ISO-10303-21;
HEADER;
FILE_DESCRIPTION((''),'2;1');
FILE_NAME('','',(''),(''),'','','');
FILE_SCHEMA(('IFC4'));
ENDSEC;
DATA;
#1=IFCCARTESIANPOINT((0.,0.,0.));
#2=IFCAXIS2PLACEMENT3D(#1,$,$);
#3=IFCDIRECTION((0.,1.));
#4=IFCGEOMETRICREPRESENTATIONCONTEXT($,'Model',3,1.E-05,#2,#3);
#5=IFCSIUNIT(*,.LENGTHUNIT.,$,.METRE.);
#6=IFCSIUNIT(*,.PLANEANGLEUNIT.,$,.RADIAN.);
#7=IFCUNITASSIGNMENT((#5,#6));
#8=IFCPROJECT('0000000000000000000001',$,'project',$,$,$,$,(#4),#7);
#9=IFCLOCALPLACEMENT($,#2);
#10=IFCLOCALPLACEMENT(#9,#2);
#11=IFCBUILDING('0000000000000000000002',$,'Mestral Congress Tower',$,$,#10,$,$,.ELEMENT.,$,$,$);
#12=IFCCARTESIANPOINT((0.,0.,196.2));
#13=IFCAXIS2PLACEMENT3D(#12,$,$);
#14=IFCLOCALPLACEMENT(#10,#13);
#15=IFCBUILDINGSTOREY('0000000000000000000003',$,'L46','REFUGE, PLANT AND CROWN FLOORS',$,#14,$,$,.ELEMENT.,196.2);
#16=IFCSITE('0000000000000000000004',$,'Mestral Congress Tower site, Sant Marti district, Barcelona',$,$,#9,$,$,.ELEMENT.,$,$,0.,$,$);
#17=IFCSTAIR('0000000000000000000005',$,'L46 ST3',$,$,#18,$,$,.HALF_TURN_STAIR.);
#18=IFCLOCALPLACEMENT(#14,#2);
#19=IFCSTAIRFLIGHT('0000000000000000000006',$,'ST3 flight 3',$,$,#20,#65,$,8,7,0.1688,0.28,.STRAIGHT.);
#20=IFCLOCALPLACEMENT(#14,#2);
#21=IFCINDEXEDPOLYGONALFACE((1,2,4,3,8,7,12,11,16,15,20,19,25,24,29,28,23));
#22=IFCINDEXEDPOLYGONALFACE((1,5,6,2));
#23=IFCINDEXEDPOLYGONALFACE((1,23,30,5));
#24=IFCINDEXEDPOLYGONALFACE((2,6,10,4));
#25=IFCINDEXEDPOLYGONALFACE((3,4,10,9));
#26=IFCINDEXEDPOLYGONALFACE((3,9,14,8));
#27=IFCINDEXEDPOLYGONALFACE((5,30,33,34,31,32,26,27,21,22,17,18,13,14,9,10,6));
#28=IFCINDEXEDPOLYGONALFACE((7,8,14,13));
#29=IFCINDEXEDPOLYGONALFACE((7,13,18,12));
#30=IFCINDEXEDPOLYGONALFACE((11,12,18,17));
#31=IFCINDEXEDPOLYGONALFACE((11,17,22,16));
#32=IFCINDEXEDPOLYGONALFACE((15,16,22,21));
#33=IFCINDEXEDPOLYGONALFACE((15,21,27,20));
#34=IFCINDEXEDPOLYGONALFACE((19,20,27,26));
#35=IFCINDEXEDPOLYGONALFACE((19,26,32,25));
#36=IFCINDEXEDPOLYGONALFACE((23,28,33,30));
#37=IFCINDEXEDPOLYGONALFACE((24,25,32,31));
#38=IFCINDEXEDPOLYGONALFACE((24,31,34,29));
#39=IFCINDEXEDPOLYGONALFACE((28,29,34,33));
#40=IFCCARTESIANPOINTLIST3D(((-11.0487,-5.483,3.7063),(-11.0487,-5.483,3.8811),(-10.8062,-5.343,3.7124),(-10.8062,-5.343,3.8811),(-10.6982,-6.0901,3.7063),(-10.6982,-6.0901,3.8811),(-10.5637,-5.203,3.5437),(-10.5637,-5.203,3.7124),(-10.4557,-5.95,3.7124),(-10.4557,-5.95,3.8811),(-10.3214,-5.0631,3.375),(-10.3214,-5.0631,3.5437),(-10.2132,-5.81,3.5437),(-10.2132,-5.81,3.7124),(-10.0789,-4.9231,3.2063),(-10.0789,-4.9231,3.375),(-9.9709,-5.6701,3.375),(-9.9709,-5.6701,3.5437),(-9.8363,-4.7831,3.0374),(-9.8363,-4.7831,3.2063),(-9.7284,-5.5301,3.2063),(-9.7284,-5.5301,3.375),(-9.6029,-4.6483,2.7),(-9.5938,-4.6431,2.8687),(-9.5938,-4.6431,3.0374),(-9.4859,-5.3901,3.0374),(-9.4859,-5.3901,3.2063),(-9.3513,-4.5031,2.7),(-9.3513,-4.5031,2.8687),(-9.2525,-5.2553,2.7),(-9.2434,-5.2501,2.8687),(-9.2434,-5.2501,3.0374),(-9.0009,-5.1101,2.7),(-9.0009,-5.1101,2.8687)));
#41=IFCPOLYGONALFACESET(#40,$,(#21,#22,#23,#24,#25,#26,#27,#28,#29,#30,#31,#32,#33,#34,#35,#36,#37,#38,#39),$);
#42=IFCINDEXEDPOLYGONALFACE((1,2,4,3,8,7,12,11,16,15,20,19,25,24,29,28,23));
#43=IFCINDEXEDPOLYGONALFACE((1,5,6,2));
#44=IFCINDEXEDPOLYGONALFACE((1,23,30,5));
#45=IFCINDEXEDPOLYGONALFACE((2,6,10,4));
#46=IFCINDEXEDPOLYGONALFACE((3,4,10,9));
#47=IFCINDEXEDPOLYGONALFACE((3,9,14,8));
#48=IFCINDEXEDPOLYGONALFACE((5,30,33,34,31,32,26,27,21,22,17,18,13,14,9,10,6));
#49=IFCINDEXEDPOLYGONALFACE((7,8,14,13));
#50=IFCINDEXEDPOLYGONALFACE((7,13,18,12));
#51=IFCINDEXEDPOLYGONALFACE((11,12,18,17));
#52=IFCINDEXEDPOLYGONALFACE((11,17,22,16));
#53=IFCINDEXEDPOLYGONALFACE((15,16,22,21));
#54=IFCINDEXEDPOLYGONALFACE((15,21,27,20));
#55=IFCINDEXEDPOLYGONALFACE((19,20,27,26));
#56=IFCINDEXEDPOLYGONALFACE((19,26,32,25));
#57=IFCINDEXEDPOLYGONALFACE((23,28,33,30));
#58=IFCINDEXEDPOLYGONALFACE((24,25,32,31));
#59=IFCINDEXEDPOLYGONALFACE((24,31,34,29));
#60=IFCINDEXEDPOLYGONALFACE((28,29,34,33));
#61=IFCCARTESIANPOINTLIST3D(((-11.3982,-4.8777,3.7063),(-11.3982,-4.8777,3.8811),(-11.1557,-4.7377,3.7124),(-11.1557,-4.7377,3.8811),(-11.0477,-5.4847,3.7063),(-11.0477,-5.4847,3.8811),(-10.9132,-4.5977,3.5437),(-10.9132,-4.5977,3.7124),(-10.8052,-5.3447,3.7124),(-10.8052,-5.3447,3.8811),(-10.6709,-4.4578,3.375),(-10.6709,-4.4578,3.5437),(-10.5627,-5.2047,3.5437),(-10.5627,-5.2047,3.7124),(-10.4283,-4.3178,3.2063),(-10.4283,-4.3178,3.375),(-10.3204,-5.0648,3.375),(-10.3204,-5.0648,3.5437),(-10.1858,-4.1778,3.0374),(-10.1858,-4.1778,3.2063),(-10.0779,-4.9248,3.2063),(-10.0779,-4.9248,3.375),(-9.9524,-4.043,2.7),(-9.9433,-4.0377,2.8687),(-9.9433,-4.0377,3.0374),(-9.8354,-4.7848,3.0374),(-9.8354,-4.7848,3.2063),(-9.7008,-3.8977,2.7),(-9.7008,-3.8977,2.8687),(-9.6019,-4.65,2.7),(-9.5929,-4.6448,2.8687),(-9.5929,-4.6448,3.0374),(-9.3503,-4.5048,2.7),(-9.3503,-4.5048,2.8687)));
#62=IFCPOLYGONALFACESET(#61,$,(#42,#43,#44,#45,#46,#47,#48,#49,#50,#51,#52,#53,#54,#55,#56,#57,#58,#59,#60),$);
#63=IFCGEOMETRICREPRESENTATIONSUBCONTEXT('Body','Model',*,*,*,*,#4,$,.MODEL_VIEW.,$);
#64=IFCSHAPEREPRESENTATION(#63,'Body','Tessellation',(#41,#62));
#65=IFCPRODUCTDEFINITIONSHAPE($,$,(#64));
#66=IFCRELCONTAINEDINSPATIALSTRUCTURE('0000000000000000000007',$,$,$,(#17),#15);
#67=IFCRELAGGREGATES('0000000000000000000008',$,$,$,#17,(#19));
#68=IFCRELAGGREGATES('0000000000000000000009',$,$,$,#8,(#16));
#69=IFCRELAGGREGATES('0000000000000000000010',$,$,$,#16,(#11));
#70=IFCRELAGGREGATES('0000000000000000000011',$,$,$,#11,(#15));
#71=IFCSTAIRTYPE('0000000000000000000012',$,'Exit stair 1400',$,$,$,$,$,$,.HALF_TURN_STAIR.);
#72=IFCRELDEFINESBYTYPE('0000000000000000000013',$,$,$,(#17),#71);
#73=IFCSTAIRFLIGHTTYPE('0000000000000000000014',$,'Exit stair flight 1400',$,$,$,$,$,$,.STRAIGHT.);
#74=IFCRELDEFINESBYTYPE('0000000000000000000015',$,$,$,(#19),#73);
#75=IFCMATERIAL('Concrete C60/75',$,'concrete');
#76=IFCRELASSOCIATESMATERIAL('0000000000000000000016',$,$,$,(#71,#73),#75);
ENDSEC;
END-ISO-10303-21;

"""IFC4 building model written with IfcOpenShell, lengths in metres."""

from ifc_helpers import new_model, si_unit, direction, frame, origin, place, context, subcontext, project, spatial, polyline, outline, extrude, material, type_object, element, aggregate, save


model = new_model("IFC4")

# Units and contexts
model_context = context("Model", 3, precision=1e-05, world=origin(), true_north=direction((0.0, 1.0)))
body_context = subcontext(model_context, "Body", "Model", "MODEL_VIEW")
ifc_project = project(units=[si_unit("LENGTHUNIT", "METRE"), si_unit("PLANEANGLEUNIT", "RADIAN")], contexts=[model_context])

# Site, building, storey
site_placement = place(None, origin())
site = spatial("IfcSite", under=ifc_project, at=site_placement, Name="Mestral Congress Tower site, Sant Marti district, Barcelona", CompositionType="ELEMENT", RefElevation=0.0)
building_placement = place(site_placement, origin())
building = spatial("IfcBuilding", under=site, at=building_placement, Name="Mestral Congress Tower", CompositionType="ELEMENT")
storey_placement = place(building_placement, frame((0.0, 0.0, 196.2)))
storey = spatial("IfcBuildingStorey", under=building, at=storey_placement, Name="L46", Description="REFUGE, PLANT AND CROWN FLOORS", CompositionType="ELEMENT", Elevation=196.2)

# Shared definitions
ifc_material_1 = material(Name="Concrete C60/75", Category="concrete")

# Stair, stair flight
stair_type = type_object("IfcStairType", Name="Exit stair 1400", PredefinedType="HALF_TURN_STAIR", material=ifc_material_1)
stair_placement = place(storey_placement, origin())
stair = element("IfcStair", 1, at=stair_placement, inside=storey, type_object=stair_type, Name="L46 ST3", PredefinedType="HALF_TURN_STAIR")
stair_flight_type = type_object("IfcStairFlightType", Name="Exit stair flight 1400", PredefinedType="STRAIGHT", material=ifc_material_1)
stair_flight_1_placement = place(storey_placement, frame((-9.3508, -4.5039, 2.7), z_axis=(0.0, 0.0, 1.0), x_axis=(-0.866025, -0.5, 0.0)))
stair_flight_1 = element("IfcStairFlight", 2, at=stair_flight_1_placement, type_object=stair_flight_type, Name="ST3 flight 3", NumberOfRisers=8, NumberOfTreads=7, PredefinedType="STRAIGHT", RiserHeight=0.1688, TreadLength=0.28, context=body_context, shape_type="SweptSolid", body=[
    extrude(outline(polyline([(0.0, 0.0), (0.0, 0.1687), (0.28, 0.1687), (0.28, 0.3374), (0.5601, 0.3374), (0.5601, 0.5063), (0.8401, 0.5063), (0.8401, 0.675), (1.1201, 0.675), (1.1201, 0.8438), (1.3999, 0.8438), (1.3999, 1.0125), (1.6799, 1.0125), (1.6799, 1.1812), (1.96, 1.1812), (1.96, 1.3501), (1.96, 1.0063), (0.2905, 0.0), (0.0, 0.0)])), frame((0.0, 0.7, 0.0), z_axis=(0.0, -1.0, 0.0), x_axis=(1.0, 0.0, 0.0)), (0.0, 0.0, 1.0), 0.7009),
    extrude(outline(polyline([(0.0, 0.0), (0.0, 0.1687), (0.28, 0.1687), (0.28, 0.3374), (0.5601, 0.3374), (0.5601, 0.5063), (0.8401, 0.5063), (0.8401, 0.675), (1.1201, 0.675), (1.1201, 0.8438), (1.3999, 0.8438), (1.3999, 1.0125), (1.6799, 1.0125), (1.6799, 1.1812), (1.96, 1.1812), (1.96, 1.3501), (1.96, 1.0063), (0.2905, 0.0), (0.0, 0.0)])), frame((0.0, 0.001, 0.0), z_axis=(0.0, -1.0, 0.0), x_axis=(1.0, 0.0, 0.0)), (0.0, 0.0, 1.0), 0.7009),
])
aggregate(stair, [stair_flight_1])

save(model, "model.ifc")
